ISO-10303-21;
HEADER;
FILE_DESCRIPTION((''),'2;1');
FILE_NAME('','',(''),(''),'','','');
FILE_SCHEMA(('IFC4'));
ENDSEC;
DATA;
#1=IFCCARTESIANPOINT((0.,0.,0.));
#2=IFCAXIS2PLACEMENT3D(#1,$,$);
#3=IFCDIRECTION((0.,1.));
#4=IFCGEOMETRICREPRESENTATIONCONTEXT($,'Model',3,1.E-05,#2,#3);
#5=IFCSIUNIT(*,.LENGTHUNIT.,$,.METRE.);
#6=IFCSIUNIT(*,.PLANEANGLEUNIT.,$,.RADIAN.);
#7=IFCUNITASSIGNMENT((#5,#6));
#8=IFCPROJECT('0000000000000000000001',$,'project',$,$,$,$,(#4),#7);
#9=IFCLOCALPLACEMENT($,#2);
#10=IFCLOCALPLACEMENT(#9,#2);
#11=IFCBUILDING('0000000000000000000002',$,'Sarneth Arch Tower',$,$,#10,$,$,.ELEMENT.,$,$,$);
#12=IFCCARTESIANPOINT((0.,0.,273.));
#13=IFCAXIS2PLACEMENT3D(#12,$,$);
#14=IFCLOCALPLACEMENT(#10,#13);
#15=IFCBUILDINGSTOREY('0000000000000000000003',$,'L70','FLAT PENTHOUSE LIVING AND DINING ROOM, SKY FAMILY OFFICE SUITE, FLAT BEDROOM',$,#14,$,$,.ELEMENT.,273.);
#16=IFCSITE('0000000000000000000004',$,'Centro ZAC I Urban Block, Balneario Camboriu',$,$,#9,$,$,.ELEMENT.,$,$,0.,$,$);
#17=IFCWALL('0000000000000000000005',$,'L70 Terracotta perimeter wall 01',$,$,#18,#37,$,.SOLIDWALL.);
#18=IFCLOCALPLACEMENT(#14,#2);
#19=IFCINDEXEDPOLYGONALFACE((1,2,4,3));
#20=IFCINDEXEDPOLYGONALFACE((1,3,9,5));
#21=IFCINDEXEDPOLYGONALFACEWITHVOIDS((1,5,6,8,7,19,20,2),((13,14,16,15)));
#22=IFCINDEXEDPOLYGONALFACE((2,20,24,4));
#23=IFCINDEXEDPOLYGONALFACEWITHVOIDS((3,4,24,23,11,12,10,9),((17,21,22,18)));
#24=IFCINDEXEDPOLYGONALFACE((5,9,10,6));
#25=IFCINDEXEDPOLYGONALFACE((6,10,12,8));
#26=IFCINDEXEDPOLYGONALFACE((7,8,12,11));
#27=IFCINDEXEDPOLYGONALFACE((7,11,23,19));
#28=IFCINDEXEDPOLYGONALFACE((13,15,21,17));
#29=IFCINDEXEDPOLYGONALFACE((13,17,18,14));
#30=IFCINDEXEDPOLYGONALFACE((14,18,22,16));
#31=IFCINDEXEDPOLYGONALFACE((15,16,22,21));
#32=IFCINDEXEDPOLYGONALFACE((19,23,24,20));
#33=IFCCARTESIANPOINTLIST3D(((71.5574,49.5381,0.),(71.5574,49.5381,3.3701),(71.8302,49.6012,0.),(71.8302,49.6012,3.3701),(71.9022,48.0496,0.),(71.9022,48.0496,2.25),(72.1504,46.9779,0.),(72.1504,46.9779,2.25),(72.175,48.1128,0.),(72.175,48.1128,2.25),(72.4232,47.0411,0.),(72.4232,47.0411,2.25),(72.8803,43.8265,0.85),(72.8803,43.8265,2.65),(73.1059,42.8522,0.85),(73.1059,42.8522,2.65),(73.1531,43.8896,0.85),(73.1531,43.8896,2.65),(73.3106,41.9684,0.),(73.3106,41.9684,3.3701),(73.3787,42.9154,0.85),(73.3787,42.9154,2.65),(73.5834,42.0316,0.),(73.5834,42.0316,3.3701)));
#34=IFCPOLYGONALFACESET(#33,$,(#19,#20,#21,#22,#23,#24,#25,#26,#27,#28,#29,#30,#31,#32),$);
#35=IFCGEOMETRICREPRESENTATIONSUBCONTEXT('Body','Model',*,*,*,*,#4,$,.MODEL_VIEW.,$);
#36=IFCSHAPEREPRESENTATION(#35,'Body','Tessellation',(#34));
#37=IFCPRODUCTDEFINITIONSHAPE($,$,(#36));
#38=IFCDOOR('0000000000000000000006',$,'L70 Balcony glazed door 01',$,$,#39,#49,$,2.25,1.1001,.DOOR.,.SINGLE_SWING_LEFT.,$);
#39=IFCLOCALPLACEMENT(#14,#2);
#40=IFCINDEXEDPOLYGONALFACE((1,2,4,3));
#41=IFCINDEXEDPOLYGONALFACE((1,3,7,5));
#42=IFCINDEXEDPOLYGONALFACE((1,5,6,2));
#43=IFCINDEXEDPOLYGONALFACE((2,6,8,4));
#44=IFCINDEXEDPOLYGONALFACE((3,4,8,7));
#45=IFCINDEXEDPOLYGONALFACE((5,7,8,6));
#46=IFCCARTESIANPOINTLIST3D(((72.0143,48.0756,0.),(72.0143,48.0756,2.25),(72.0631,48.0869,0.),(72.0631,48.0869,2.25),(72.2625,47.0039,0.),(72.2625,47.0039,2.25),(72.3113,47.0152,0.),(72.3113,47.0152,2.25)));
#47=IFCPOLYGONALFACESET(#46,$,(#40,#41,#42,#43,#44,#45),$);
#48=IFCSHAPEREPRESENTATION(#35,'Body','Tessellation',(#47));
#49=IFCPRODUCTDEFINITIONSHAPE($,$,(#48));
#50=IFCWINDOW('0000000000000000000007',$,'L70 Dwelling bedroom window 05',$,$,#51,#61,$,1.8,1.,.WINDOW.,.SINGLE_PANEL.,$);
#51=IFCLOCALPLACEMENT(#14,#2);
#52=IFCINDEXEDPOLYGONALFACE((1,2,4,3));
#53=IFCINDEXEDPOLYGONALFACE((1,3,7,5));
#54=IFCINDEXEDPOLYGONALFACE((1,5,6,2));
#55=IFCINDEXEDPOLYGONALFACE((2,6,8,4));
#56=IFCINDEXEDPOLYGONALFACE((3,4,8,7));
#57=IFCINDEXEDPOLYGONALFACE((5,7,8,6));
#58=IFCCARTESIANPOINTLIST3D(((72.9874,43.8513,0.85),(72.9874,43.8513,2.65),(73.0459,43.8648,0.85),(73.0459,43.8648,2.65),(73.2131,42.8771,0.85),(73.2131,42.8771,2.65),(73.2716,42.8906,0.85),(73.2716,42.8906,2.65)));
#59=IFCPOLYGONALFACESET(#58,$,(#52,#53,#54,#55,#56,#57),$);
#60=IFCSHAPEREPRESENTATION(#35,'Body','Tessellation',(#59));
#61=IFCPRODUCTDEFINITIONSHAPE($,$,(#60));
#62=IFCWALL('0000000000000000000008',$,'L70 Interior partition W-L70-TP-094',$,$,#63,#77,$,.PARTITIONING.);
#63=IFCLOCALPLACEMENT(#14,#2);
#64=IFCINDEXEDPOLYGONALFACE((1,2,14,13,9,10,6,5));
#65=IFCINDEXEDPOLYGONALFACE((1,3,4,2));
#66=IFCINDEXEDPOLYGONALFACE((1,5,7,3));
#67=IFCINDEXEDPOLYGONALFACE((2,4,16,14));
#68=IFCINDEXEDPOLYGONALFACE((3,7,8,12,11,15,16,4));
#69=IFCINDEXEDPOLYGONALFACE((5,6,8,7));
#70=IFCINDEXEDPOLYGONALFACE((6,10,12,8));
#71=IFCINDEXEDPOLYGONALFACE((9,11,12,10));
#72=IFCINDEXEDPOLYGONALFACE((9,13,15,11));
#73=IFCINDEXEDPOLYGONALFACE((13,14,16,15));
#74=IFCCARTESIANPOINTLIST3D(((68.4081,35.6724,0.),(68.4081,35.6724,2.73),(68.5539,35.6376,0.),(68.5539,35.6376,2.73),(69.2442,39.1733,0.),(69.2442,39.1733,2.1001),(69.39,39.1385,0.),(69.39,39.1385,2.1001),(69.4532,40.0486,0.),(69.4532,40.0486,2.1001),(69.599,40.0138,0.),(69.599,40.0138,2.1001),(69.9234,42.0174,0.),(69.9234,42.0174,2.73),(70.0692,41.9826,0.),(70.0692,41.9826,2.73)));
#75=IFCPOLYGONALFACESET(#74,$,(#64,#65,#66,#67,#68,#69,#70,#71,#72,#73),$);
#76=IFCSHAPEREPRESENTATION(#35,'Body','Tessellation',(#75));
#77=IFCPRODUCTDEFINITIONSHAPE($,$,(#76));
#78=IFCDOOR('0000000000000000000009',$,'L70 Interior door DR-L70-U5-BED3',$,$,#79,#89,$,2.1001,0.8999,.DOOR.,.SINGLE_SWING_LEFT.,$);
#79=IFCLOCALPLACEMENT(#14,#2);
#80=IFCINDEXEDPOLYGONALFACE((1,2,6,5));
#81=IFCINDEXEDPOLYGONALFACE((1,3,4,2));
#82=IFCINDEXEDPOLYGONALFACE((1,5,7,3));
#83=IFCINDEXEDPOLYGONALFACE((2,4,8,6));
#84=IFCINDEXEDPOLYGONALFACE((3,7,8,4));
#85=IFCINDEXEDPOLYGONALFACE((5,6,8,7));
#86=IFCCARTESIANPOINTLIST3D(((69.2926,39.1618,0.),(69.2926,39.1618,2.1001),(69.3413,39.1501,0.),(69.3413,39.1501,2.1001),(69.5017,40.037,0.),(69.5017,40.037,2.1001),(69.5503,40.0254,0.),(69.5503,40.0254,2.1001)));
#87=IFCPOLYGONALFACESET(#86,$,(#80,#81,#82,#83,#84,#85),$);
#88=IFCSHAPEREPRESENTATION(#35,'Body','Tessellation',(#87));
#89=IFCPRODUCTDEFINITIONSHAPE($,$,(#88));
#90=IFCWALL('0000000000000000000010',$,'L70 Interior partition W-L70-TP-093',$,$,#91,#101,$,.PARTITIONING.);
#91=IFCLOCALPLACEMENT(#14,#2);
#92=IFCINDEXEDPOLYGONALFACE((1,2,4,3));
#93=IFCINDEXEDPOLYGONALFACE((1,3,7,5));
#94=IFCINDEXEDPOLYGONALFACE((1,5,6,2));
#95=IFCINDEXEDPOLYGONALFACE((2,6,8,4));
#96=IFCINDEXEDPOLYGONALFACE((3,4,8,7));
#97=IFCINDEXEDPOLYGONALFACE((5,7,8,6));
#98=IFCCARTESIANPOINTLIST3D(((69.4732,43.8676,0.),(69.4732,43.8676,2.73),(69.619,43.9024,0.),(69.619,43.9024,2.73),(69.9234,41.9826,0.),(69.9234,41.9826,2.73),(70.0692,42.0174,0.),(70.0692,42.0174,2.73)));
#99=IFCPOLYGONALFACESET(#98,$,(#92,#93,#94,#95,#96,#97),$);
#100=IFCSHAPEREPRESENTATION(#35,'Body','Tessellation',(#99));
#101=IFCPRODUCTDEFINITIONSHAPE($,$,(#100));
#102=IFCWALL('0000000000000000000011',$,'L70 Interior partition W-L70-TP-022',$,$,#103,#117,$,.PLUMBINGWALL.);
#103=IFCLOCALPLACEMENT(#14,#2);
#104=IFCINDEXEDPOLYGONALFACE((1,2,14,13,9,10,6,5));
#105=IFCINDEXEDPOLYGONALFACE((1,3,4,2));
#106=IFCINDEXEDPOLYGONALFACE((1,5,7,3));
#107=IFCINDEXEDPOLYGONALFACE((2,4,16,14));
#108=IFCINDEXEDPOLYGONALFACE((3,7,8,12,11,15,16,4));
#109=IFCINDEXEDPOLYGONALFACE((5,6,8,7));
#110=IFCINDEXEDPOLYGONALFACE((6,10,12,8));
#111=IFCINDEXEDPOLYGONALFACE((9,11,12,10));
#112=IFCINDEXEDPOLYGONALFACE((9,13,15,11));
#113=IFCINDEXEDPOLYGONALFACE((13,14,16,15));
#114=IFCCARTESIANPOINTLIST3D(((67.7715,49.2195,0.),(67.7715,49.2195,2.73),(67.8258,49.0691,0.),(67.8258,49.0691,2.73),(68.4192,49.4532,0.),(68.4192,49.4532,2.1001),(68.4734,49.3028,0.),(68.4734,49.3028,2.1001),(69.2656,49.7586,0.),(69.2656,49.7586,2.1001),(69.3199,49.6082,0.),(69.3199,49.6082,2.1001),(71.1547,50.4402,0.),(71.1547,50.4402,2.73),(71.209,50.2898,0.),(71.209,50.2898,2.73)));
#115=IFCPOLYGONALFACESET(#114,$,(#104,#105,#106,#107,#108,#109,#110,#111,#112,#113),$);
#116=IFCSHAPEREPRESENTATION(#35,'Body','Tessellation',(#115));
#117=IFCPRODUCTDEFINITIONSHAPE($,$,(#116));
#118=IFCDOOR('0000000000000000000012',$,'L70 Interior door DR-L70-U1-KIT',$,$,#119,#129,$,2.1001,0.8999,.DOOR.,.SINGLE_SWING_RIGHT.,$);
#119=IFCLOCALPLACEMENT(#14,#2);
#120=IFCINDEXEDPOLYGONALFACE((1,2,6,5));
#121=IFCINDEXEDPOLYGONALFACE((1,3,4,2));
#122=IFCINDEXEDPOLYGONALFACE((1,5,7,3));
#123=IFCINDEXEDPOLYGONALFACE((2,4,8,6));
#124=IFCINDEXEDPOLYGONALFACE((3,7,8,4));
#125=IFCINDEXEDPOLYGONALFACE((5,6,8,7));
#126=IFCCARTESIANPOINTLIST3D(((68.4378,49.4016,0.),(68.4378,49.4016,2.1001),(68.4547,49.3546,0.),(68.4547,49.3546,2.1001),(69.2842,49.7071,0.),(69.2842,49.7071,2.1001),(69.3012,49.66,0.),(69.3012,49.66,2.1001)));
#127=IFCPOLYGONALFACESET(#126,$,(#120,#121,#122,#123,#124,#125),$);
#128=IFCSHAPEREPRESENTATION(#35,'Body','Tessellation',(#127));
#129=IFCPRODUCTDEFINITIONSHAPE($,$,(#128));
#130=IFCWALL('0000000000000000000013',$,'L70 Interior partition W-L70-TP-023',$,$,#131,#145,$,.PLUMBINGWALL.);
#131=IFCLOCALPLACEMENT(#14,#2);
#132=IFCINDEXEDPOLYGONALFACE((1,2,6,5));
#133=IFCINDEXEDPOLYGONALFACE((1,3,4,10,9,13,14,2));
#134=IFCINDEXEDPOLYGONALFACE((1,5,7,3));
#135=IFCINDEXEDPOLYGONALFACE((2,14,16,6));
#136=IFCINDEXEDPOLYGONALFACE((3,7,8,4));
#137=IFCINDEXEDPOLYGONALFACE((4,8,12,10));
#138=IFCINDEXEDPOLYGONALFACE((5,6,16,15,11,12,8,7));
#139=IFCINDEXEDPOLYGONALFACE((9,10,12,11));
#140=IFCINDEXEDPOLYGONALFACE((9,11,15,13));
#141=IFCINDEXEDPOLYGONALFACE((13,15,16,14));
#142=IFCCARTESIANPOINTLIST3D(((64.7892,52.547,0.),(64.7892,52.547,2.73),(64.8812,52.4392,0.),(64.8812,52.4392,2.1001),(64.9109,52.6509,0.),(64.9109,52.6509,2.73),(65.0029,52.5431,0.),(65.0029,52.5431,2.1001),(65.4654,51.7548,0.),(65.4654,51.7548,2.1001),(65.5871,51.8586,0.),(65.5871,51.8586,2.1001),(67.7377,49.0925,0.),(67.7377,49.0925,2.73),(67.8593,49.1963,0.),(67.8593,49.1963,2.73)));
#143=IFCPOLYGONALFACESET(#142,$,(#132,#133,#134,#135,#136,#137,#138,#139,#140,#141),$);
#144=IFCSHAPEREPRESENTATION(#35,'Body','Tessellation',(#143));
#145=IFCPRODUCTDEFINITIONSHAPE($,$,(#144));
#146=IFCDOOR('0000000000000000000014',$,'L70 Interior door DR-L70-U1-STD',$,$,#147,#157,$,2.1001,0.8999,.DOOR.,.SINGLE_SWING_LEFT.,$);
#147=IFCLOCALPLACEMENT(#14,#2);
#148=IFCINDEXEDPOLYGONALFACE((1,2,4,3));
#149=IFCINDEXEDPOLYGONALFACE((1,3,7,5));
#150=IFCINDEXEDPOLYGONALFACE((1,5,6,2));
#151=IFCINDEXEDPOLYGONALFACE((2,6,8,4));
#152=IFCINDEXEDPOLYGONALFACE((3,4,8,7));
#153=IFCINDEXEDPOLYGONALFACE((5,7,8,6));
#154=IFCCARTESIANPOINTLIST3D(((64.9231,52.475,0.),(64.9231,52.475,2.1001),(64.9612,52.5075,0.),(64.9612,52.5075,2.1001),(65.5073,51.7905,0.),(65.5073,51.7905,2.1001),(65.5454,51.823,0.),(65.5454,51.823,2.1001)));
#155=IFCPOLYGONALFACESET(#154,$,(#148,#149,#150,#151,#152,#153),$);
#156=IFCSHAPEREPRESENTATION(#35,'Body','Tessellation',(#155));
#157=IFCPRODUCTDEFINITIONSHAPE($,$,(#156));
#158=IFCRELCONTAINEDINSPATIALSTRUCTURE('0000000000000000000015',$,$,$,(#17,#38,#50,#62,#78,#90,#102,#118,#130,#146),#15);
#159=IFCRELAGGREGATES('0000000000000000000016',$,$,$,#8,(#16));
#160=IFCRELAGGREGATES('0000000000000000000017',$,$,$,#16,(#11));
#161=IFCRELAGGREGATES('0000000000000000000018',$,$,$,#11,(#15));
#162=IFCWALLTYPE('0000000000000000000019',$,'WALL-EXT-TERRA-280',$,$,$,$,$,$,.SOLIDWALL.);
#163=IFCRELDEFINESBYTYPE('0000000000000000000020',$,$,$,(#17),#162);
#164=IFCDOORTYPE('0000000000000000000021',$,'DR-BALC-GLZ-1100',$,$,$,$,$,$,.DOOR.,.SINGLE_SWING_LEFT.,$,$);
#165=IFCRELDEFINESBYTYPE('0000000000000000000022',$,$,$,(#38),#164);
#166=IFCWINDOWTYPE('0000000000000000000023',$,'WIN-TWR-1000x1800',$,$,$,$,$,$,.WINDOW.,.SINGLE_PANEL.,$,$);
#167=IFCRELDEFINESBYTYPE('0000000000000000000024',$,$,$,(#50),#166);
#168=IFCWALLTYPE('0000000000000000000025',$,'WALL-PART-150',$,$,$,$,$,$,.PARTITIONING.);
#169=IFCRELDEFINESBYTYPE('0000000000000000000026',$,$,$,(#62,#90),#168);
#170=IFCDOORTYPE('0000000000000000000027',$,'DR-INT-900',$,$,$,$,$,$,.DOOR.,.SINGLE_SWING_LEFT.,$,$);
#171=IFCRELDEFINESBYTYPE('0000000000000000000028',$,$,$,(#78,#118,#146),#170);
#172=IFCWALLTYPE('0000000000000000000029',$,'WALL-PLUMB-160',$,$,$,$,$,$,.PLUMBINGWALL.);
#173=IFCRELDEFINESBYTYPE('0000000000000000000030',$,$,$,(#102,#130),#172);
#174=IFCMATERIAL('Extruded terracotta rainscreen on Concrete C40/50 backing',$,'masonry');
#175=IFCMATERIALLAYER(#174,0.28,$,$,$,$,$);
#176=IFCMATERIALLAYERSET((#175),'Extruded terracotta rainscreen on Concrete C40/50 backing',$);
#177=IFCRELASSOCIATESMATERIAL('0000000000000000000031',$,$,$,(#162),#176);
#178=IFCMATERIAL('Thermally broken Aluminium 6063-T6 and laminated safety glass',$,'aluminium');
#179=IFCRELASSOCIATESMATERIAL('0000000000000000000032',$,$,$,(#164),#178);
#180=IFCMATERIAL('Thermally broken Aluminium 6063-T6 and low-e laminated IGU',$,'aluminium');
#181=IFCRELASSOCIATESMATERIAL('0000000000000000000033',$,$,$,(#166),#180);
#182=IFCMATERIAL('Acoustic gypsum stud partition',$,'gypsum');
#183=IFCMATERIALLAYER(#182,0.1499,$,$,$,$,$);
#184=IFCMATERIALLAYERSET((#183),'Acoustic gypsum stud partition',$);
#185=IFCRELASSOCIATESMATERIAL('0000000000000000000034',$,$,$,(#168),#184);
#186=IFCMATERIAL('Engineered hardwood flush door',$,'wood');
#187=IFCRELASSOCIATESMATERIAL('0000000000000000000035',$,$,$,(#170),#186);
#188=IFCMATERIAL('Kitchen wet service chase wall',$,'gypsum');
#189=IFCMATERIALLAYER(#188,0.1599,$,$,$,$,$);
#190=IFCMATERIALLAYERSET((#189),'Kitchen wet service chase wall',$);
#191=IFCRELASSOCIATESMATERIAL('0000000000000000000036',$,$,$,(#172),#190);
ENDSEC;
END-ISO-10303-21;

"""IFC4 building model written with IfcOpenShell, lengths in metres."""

from ifc_helpers import new_model, si_unit, direction, frame, frame_2d, origin, place, context, subcontext, project, spatial, rectangle, extrude, material, layer, layer_set, type_object, element, fill, save


model = new_model("IFC4")

# Units and contexts
model_context = context("Model", 3, precision=1e-05, world=origin(), true_north=direction((0.0, 1.0)))
body_context = subcontext(model_context, "Body", "Model", "MODEL_VIEW")
ifc_project = project(units=[si_unit("LENGTHUNIT", "METRE"), si_unit("PLANEANGLEUNIT", "RADIAN")], contexts=[model_context])

# Site, building, storey
site_placement = place(None, origin())
site = spatial("IfcSite", under=ifc_project, at=site_placement, Name="Centro ZAC I Urban Block, Balneario Camboriu", CompositionType="ELEMENT", RefElevation=0.0)
building_placement = place(site_placement, origin())
building = spatial("IfcBuilding", under=site, at=building_placement, Name="Sarneth Arch Tower", CompositionType="ELEMENT")
storey_placement = place(building_placement, frame((0.0, 0.0, 273.0)))
storey = spatial("IfcBuildingStorey", under=building, at=storey_placement, Name="L70", Description="FLAT PENTHOUSE LIVING AND DINING ROOM, SKY FAMILY OFFICE SUITE, FLAT BEDROOM", CompositionType="ELEMENT", Elevation=273.0)

# Wall, openings, door, window
ifc_material_1 = material(Name="Extruded terracotta rainscreen on Concrete C40/50 backing", Category="masonry")
ifc_layer_1 = layer(ifc_material_1, 0.28)
ifc_layer_set_1 = layer_set([ifc_layer_1], Name="Extruded terracotta rainscreen on Concrete C40/50 backing")
wall_type_1 = type_object("IfcWallType", Name="WALL-EXT-TERRA-280", PredefinedType="SOLIDWALL", material=ifc_layer_set_1)
wall_1_placement = place(storey_placement, frame((73.447, 42.0, 0.0), z_axis=(0.0, 0.0, 1.0), x_axis=(-0.225635, 0.974212, 0.0)))
wall_1 = element("IfcWall", 1, at=wall_1_placement, inside=storey, type_object=wall_type_1, Name="L70 Terracotta perimeter wall 01", PredefinedType="SOLIDWALL", context=body_context, shape_type="SweptSolid", body=[
    extrude(rectangle(XDim=7.77, YDim=0.28, at=frame_2d((3.885, 0.0))), origin(), (0.0, 0.0, 1.0), 3.3701),
])
opening_1_placement = place(wall_1_placement, frame((5.1421, 0.0, 0.0)))
opening_1 = element("IfcOpeningElement", 2, at=opening_1_placement, cuts=wall_1, PredefinedType="OPENING", context=body_context, shape_type="SweptSolid", body=[
    extrude(rectangle(XDim=1.1001, YDim=2.25, at=frame_2d((0.55, 1.125))), frame((0.0, 0.1499, 0.0), z_axis=(0.0, -1.0, 0.0), x_axis=(1.0, 0.0, 0.0)), (0.0, 0.0, 1.0), 0.3),
])
opening_2_placement = place(wall_1_placement, frame((0.9072, 0.0, 0.8501)))
opening_2 = element("IfcOpeningElement", 3, at=opening_2_placement, cuts=wall_1, PredefinedType="OPENING", context=body_context, shape_type="SweptSolid", body=[
    extrude(rectangle(XDim=1.0, YDim=1.8, at=frame_2d((0.5, 0.8999))), frame((0.0, 0.1499, 0.0), z_axis=(0.0, -1.0, 0.0), x_axis=(1.0, 0.0, 0.0)), (0.0, 0.0, 1.0), 0.3),
])
ifc_material_2 = material(Name="Thermally broken Aluminium 6063-T6 and laminated safety glass", Category="aluminium")
door_type_1 = type_object("IfcDoorType", Name="DR-BALC-GLZ-1100", OperationType="SINGLE_SWING_LEFT", PredefinedType="DOOR", material=ifc_material_2)
door_1_placement = place(opening_1_placement, origin())
door_1 = element("IfcDoor", 4, at=door_1_placement, inside=storey, type_object=door_type_1, Name="L70 Balcony glazed door 01", OperationType="SINGLE_SWING_LEFT", OverallHeight=2.25, OverallWidth=1.1001, PredefinedType="DOOR", context=body_context, shape_type="SweptSolid", body=[
    extrude(rectangle(XDim=1.1001, YDim=2.25, at=frame_2d((0.55, 1.125))), frame((0.0, 0.0249, 0.0), z_axis=(0.0, -1.0, 0.0), x_axis=(1.0, 0.0, 0.0)), (0.0, 0.0, 1.0), 0.05),
])
fill(opening_1, door_1)
ifc_material_3 = material(Name="Thermally broken Aluminium 6063-T6 and low-e laminated IGU", Category="aluminium")
window_type = type_object("IfcWindowType", Name="WIN-TWR-1000x1800", PartitioningType="SINGLE_PANEL", PredefinedType="WINDOW", material=ifc_material_3)
window_placement = place(opening_2_placement, origin())
window = element("IfcWindow", 5, at=window_placement, inside=storey, type_object=window_type, Name="L70 Dwelling bedroom window 05", OverallHeight=1.8, OverallWidth=1.0, PartitioningType="SINGLE_PANEL", PredefinedType="WINDOW", context=body_context, shape_type="SweptSolid", body=[
    extrude(rectangle(XDim=1.0, YDim=1.8, at=frame_2d((0.5, 0.8999))), frame((0.0, 0.03, 0.0), z_axis=(0.0, -1.0, 0.0), x_axis=(1.0, 0.0, 0.0)), (0.0, 0.0, 1.0), 0.0601),
])
fill(opening_2, window)

# Wall, opening, door
ifc_material_4 = material(Name="Acoustic gypsum stud partition", Category="gypsum")
ifc_layer_2 = layer(ifc_material_4, 0.1499)
ifc_layer_set_2 = layer_set([ifc_layer_2], Name="Acoustic gypsum stud partition")
wall_type_2 = type_object("IfcWallType", Name="WALL-PART-150", PredefinedType="PARTITIONING", material=ifc_layer_set_2)
wall_2_placement = place(storey_placement, frame((69.9963, 42.0, 0.0), z_axis=(0.0, 0.0, 1.0), x_axis=(-0.232298, -0.972645, 0.0)))
wall_2 = element("IfcWall", 6, at=wall_2_placement, inside=storey, type_object=wall_type_2, Name="L70 Interior partition W-L70-TP-094", PredefinedType="PARTITIONING", context=body_context, shape_type="SweptSolid", body=[
    extrude(rectangle(XDim=6.5234, YDim=0.1499, at=frame_2d((3.2617, 0.0))), origin(), (0.0, 0.0, 1.0), 2.73),
])
opening_3_placement = place(wall_2_placement, frame((2.0242, 0.0, 0.0)))
opening_3 = element("IfcOpeningElement", 7, at=opening_3_placement, cuts=wall_2, PredefinedType="OPENING", context=body_context, shape_type="SweptSolid", body=[
    extrude(rectangle(XDim=0.8999, YDim=2.1001, at=frame_2d((0.45, 1.05))), frame((0.0, 0.085, 0.0), z_axis=(0.0, -1.0, 0.0), x_axis=(1.0, 0.0, 0.0)), (0.0, 0.0, 1.0), 0.1699),
])
ifc_material_5 = material(Name="Engineered hardwood flush door", Category="wood")
door_type_2 = type_object("IfcDoorType", Name="DR-INT-900", OperationType="SINGLE_SWING_LEFT", PredefinedType="DOOR", material=ifc_material_5)
door_2_placement = place(opening_3_placement, origin())
door_2 = element("IfcDoor", 8, at=door_2_placement, inside=storey, type_object=door_type_2, Name="L70 Interior door DR-L70-U5-BED3", OperationType="SINGLE_SWING_LEFT", OverallHeight=2.1001, OverallWidth=0.8999, PredefinedType="DOOR", context=body_context, shape_type="SweptSolid", body=[
    extrude(rectangle(XDim=0.8999, YDim=2.1001, at=frame_2d((0.45, 1.05))), frame((0.0, 0.0249, 0.0), z_axis=(0.0, -1.0, 0.0), x_axis=(1.0, 0.0, 0.0)), (0.0, 0.0, 1.0), 0.05),
])
fill(opening_3, door_2)

# Wall
wall_3_placement = place(storey_placement, frame((69.5461, 43.885, 0.0), z_axis=(0.0, 0.0, 1.0), x_axis=(0.232296, -0.972645, 0.0)))
element("IfcWall", 9, at=wall_3_placement, inside=storey, type_object=wall_type_2, Name="L70 Interior partition W-L70-TP-093", PredefinedType="PARTITIONING", context=body_context, shape_type="SweptSolid", body=[
    extrude(rectangle(XDim=1.938, YDim=0.1499, at=frame_2d((0.969, 0.0))), origin(), (0.0, 0.0, 1.0), 2.73),
])

# Walls, openings, doors
ifc_material_6 = material(Name="Kitchen wet service chase wall", Category="gypsum")
ifc_layer_3 = layer(ifc_material_6, 0.1599)
ifc_layer_set_3 = layer_set([ifc_layer_3], Name="Kitchen wet service chase wall")
wall_type_3 = type_object("IfcWallType", Name="WALL-PLUMB-160", PredefinedType="PLUMBINGWALL", material=ifc_layer_set_3)
wall_4_placement = place(storey_placement, frame((71.1819, 50.365, 0.0), z_axis=(0.0, 0.0, 1.0), x_axis=(-0.940647, -0.339388, 0.0)))
wall_4 = element("IfcWall", 10, at=wall_4_placement, inside=storey, type_object=wall_type_3, Name="L70 Interior partition W-L70-TP-022", PredefinedType="PLUMBINGWALL", context=body_context, shape_type="SweptSolid", body=[
    extrude(rectangle(XDim=3.5967, YDim=0.1599, at=frame_2d((1.7983, 0.0))), origin(), (0.0, 0.0, 1.0), 2.73),
])
opening_4_placement = place(wall_4_placement, frame((2.0083, 0.0, 0.0)))
opening_4 = element("IfcOpeningElement", 11, at=opening_4_placement, cuts=wall_4, PredefinedType="OPENING", context=body_context, shape_type="SweptSolid", body=[
    extrude(rectangle(XDim=0.8999, YDim=2.1001, at=frame_2d((0.45, 1.05))), frame((0.0, 0.0898, 0.0), z_axis=(0.0, -1.0, 0.0), x_axis=(1.0, 0.0, 0.0)), (0.0, 0.0, 1.0), 0.1799),
])
door_3_placement = place(opening_4_placement, origin())
door_3 = element("IfcDoor", 12, at=door_3_placement, inside=storey, type_object=door_type_2, Name="L70 Interior door DR-L70-U1-KIT", OperationType="SINGLE_SWING_RIGHT", OverallHeight=2.1001, OverallWidth=0.8999, PredefinedType="DOOR", context=body_context, shape_type="SweptSolid", body=[
    extrude(rectangle(XDim=0.8999, YDim=2.1001, at=frame_2d((0.45, 1.05))), frame((0.0, 0.0249, 0.0), z_axis=(0.0, -1.0, 0.0), x_axis=(1.0, 0.0, 0.0)), (0.0, 0.0, 1.0), 0.05),
])
fill(opening_4, door_3)
wall_5_placement = place(storey_placement, frame((67.7986, 49.1443, 0.0), z_axis=(0.0, 0.0, 1.0), x_axis=(-0.649192, 0.760625, 0.0)))
wall_5 = element("IfcWall", 13, at=wall_5_placement, inside=storey, type_object=wall_type_3, Name="L70 Interior partition W-L70-TP-023", PredefinedType="PLUMBINGWALL", context=body_context, shape_type="SweptSolid", body=[
    extrude(rectangle(XDim=4.5417, YDim=0.1599, at=frame_2d((2.271, 0.0))), origin(), (0.0, 0.0, 1.0), 2.73),
])
opening_5_placement = place(wall_5_placement, frame((3.5002, 0.0, 0.0)))
opening_5 = element("IfcOpeningElement", 14, at=opening_5_placement, cuts=wall_5, PredefinedType="OPENING", context=body_context, shape_type="SweptSolid", body=[
    extrude(rectangle(XDim=0.8999, YDim=2.1001, at=frame_2d((0.45, 1.05))), frame((0.0, 0.0898, 0.0), z_axis=(0.0, -1.0, 0.0), x_axis=(1.0, 0.0, 0.0)), (0.0, 0.0, 1.0), 0.1799),
])
door_4_placement = place(opening_5_placement, origin())
door_4 = element("IfcDoor", 15, at=door_4_placement, inside=storey, type_object=door_type_2, Name="L70 Interior door DR-L70-U1-STD", OperationType="SINGLE_SWING_LEFT", OverallHeight=2.1001, OverallWidth=0.8999, PredefinedType="DOOR", context=body_context, shape_type="SweptSolid", body=[
    extrude(rectangle(XDim=0.8999, YDim=2.1001, at=frame_2d((0.45, 1.05))), frame((0.0, 0.0249, 0.0), z_axis=(0.0, -1.0, 0.0), x_axis=(1.0, 0.0, 0.0)), (0.0, 0.0, 1.0), 0.05),
])
fill(opening_5, door_4)

save(model, "model.ifc")
